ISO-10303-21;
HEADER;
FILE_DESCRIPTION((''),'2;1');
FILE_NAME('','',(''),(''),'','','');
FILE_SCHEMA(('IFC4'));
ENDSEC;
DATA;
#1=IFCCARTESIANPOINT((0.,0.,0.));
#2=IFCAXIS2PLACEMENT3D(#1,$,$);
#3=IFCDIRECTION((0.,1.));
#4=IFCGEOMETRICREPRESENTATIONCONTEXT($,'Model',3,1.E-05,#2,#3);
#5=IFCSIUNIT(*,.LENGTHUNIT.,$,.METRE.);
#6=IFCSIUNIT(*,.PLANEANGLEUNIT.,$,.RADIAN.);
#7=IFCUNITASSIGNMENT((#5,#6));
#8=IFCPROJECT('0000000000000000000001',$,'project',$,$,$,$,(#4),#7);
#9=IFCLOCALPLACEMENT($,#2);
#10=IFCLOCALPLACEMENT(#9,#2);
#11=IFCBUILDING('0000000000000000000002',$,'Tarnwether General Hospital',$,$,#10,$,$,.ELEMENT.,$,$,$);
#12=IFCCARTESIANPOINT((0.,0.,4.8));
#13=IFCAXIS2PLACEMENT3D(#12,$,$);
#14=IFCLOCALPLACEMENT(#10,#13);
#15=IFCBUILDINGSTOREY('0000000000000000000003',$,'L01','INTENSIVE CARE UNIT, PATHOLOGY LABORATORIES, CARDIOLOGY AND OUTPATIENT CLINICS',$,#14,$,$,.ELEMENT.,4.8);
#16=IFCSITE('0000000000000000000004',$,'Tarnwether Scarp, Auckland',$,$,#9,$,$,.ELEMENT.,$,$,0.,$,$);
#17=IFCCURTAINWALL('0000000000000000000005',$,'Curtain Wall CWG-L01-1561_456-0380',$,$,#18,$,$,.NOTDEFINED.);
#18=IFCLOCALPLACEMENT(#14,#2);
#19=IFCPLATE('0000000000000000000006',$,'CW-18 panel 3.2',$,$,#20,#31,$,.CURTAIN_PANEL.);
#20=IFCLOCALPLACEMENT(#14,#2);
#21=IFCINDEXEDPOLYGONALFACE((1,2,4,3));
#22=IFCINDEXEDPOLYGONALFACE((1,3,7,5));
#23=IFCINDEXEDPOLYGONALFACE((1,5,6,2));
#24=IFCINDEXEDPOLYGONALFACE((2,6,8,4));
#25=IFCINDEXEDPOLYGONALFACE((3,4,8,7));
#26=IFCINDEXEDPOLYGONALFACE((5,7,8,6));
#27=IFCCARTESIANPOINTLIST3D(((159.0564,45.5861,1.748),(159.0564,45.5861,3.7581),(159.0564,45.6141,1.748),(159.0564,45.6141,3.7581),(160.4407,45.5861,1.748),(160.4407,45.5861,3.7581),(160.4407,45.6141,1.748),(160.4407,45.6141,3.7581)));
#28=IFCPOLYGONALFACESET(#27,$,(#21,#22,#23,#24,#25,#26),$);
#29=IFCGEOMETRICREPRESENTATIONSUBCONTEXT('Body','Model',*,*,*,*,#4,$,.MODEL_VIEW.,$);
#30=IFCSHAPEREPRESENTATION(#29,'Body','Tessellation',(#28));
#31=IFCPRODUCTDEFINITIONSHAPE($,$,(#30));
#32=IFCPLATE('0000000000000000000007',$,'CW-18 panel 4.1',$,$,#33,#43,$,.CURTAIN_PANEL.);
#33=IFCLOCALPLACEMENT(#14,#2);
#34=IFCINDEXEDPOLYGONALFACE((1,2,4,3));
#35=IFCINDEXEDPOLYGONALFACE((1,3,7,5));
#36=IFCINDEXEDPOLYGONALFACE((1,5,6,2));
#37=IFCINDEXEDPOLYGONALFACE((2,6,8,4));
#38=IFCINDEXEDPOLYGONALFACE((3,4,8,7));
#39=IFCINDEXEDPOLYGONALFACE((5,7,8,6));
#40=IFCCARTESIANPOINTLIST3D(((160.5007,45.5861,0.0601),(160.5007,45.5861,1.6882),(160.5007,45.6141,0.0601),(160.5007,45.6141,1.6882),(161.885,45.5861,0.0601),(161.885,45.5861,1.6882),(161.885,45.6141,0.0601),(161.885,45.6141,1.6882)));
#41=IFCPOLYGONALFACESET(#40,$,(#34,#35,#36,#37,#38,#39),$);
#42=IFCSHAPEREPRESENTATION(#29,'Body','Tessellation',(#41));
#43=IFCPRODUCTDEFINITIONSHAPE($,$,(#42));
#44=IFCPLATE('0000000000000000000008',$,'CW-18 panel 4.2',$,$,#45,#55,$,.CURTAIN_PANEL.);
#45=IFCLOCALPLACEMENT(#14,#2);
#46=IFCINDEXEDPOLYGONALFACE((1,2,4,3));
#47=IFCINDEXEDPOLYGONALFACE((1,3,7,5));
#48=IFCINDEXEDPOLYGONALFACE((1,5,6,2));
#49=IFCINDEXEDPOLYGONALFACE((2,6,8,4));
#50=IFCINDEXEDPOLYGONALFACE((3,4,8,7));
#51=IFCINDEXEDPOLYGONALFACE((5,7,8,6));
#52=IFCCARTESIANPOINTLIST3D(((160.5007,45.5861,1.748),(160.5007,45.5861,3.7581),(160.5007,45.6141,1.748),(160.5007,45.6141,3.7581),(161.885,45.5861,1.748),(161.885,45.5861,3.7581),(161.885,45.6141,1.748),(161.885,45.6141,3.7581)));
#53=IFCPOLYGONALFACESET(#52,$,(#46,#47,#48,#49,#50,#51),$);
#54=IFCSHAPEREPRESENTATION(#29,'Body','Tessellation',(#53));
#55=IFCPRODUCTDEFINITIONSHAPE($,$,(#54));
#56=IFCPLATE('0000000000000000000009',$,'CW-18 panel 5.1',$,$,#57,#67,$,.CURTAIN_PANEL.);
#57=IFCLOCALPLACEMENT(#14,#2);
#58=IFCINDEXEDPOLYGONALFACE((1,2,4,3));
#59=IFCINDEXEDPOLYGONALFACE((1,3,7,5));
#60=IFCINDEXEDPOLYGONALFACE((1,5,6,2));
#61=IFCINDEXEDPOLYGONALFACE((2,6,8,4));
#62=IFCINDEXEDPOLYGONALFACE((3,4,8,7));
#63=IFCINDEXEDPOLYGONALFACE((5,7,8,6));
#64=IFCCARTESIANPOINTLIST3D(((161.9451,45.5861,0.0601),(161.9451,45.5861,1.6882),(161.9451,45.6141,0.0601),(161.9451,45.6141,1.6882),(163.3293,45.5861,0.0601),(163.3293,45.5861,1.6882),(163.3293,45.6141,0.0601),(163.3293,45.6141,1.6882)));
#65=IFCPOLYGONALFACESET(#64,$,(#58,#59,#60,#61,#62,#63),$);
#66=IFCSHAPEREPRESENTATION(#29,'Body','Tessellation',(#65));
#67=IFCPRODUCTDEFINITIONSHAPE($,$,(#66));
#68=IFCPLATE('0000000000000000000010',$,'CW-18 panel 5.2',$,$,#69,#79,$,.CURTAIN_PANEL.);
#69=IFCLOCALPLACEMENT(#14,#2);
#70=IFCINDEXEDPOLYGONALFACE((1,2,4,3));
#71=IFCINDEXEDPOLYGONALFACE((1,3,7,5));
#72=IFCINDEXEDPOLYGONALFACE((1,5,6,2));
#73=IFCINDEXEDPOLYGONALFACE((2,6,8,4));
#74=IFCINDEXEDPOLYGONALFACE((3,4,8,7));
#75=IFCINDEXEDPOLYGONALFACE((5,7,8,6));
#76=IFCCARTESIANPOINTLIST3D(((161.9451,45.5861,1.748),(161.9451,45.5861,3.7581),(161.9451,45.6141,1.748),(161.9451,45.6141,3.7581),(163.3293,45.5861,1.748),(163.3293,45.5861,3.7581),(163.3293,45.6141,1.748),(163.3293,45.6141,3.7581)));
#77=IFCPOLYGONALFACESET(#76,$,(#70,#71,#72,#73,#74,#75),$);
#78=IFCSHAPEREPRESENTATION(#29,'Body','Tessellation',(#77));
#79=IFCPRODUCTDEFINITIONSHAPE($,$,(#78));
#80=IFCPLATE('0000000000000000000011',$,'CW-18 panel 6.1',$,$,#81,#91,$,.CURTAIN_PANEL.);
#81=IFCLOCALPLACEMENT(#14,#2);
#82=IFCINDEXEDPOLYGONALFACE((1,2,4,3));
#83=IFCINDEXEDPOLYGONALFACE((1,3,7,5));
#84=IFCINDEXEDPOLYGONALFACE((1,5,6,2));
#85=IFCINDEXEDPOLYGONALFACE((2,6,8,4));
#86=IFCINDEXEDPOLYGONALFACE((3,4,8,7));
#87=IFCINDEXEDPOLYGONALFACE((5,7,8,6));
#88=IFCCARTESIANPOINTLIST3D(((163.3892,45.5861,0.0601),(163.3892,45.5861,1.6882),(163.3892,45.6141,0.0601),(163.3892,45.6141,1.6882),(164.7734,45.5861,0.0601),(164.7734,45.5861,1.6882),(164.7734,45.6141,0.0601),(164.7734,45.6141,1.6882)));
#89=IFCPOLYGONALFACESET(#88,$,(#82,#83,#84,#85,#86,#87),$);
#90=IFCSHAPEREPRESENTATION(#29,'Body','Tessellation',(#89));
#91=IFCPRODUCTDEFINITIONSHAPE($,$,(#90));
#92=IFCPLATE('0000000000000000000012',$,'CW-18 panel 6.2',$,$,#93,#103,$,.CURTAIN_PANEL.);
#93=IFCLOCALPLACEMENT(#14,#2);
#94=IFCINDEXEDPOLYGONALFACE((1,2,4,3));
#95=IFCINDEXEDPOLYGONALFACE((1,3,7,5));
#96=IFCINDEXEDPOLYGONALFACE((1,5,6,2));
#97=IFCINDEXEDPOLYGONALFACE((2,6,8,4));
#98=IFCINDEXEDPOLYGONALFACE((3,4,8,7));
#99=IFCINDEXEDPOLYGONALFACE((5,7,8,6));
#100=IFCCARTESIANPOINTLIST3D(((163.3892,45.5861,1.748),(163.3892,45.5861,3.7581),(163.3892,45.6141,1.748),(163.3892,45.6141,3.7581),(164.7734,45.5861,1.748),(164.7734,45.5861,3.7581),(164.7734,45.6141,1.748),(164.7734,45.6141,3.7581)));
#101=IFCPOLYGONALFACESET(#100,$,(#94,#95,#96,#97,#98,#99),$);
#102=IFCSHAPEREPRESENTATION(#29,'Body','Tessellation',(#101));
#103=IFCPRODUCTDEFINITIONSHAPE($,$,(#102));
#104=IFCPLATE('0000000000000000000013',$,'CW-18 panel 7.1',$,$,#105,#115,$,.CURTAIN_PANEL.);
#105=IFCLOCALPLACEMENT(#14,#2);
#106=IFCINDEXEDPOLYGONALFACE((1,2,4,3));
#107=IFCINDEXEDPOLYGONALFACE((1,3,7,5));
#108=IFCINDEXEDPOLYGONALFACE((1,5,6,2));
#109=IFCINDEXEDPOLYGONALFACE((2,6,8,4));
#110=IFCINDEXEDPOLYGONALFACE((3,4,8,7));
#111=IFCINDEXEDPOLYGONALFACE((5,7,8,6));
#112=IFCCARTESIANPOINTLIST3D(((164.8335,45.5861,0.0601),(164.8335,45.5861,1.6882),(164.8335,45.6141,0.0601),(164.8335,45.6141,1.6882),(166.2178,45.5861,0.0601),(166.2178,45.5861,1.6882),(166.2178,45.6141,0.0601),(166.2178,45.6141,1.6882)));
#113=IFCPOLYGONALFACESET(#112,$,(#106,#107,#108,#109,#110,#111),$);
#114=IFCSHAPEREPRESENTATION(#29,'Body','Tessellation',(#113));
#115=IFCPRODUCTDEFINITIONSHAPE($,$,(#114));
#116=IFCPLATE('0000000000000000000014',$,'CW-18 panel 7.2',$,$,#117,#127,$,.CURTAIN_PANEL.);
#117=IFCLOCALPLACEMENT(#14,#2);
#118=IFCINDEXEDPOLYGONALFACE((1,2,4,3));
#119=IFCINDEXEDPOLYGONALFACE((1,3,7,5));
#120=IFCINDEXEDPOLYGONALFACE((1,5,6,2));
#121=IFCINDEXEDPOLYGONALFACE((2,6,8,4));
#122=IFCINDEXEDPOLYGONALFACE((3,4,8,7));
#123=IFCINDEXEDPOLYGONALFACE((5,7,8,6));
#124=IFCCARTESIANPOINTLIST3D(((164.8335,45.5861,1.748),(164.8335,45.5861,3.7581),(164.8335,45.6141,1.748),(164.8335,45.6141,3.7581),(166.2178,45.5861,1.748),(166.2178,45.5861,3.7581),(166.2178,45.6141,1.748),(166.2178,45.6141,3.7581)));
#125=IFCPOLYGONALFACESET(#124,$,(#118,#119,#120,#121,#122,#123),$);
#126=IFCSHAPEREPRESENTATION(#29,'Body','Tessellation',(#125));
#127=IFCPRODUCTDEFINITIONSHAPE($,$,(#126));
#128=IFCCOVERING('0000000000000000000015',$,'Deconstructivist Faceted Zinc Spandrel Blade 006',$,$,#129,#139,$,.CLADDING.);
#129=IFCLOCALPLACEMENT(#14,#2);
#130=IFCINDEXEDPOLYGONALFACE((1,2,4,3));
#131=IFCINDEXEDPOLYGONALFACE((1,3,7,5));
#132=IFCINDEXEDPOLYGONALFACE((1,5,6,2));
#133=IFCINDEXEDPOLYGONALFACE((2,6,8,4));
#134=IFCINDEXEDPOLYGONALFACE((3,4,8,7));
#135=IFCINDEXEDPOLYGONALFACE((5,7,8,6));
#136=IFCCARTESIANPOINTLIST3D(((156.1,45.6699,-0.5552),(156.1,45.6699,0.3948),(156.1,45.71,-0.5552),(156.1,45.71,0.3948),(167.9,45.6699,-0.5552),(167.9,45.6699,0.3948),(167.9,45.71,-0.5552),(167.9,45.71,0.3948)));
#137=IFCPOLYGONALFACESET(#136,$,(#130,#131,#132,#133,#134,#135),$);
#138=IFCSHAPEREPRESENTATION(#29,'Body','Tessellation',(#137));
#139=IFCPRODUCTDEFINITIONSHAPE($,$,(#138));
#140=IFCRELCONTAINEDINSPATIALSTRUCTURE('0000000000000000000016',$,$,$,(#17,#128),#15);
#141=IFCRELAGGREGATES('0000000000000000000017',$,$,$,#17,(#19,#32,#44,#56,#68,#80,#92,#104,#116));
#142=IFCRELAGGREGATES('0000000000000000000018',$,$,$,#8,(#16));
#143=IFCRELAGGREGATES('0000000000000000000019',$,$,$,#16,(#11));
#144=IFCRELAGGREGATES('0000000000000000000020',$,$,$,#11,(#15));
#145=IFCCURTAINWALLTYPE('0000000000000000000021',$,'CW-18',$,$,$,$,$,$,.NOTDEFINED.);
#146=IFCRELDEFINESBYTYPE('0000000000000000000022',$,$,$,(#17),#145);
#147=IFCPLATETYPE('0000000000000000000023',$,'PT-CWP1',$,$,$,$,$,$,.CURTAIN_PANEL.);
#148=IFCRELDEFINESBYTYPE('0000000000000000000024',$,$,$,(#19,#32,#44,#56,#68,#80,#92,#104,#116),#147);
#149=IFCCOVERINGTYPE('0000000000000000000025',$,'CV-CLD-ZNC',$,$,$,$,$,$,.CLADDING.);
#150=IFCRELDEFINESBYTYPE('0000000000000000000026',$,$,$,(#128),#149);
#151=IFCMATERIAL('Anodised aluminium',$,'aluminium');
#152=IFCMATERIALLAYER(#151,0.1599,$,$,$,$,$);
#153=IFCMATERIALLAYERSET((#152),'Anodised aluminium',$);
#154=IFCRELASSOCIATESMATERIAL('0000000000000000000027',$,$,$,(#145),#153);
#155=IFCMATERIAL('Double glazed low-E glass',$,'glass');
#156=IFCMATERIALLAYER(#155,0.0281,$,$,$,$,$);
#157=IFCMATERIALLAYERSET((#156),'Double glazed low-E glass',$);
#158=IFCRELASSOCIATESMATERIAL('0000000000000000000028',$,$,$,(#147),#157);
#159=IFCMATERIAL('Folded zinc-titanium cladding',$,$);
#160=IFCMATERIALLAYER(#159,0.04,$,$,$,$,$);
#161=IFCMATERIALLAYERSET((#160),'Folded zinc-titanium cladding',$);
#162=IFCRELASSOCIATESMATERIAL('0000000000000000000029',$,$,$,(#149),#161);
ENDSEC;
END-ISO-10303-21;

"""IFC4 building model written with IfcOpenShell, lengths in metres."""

from ifc_helpers import new_model, si_unit, direction, frame, origin, origin_2d, place, context, subcontext, project, spatial, rectangle, extrude, material, layer, layer_set, type_object, element, aggregate, save


model = new_model("IFC4")

# Units and contexts
model_context = context("Model", 3, precision=1e-05, world=origin(), true_north=direction((0.0, 1.0)))
body_context = subcontext(model_context, "Body", "Model", "MODEL_VIEW")
ifc_project = project(units=[si_unit("LENGTHUNIT", "METRE"), si_unit("PLANEANGLEUNIT", "RADIAN")], contexts=[model_context])

# Site, building, storey
site_placement = place(None, origin())
site = spatial("IfcSite", under=ifc_project, at=site_placement, Name="Tarnwether Scarp, Auckland", CompositionType="ELEMENT", RefElevation=0.0)
building_placement = place(site_placement, origin())
building = spatial("IfcBuilding", under=site, at=building_placement, Name="Tarnwether General Hospital", CompositionType="ELEMENT")
storey_placement = place(building_placement, frame((0.0, 0.0, 4.8)))
storey = spatial("IfcBuildingStorey", under=building, at=storey_placement, Name="L01", Description="INTENSIVE CARE UNIT, PATHOLOGY LABORATORIES, CARDIOLOGY AND OUTPATIENT CLINICS", CompositionType="ELEMENT", Elevation=4.8)

# Curtain wall, plates
ifc_material_1 = material(Name="Anodised aluminium", Category="aluminium")
ifc_layer_1 = layer(ifc_material_1, 0.1599)
ifc_layer_set_1 = layer_set([ifc_layer_1], Name="Anodised aluminium")
curtain_wall_type = type_object("IfcCurtainWallType", Name="CW-18", PredefinedType="NOTDEFINED", material=ifc_layer_set_1)
curtain_wall_placement = place(storey_placement, origin())
curtain_wall = element("IfcCurtainWall", 1, at=curtain_wall_placement, inside=storey, type_object=curtain_wall_type, Name="Curtain Wall CWG-L01-1561_456-0380", PredefinedType="NOTDEFINED")
ifc_material_2 = material(Name="Double glazed low-E glass", Category="glass")
ifc_layer_2 = layer(ifc_material_2, 0.0281)
ifc_layer_set_2 = layer_set([ifc_layer_2], Name="Double glazed low-E glass")
plate_type = type_object("IfcPlateType", Name="PT-CWP1", PredefinedType="CURTAIN_PANEL", material=ifc_layer_set_2)
plate_1_placement = place(storey_placement, frame((159.7485, 45.6001, 1.748), z_axis=(0.0, 0.0, 1.0), x_axis=(1.0, 0.0, 0.0)))
plate_1 = element("IfcPlate", 2, at=plate_1_placement, type_object=plate_type, Name="CW-18 panel 3.2", PredefinedType="CURTAIN_PANEL", context=body_context, shape_type="SweptSolid", body=[
    extrude(rectangle(XDim=1.3843, YDim=0.0281, at=origin_2d()), origin(), (0.0, 0.0, 1.0), 2.01),
])
plate_2_placement = place(storey_placement, frame((161.1929, 45.6001, 0.0601), z_axis=(0.0, 0.0, 1.0), x_axis=(1.0, 0.0, 0.0)))
plate_2 = element("IfcPlate", 3, at=plate_2_placement, type_object=plate_type, Name="CW-18 panel 4.1", PredefinedType="CURTAIN_PANEL", context=body_context, shape_type="SweptSolid", body=[
    extrude(rectangle(XDim=1.3843, YDim=0.0281, at=origin_2d()), origin(), (0.0, 0.0, 1.0), 1.6282),
])
plate_3_placement = place(storey_placement, frame((161.1929, 45.6001, 1.748), z_axis=(0.0, 0.0, 1.0), x_axis=(1.0, 0.0, 0.0)))
plate_3 = element("IfcPlate", 4, at=plate_3_placement, type_object=plate_type, Name="CW-18 panel 4.2", PredefinedType="CURTAIN_PANEL", context=body_context, shape_type="SweptSolid", body=[
    extrude(rectangle(XDim=1.3843, YDim=0.0281, at=origin_2d()), origin(), (0.0, 0.0, 1.0), 2.01),
])
plate_4_placement = place(storey_placement, frame((162.6372, 45.6001, 0.0601), z_axis=(0.0, 0.0, 1.0), x_axis=(1.0, 0.0, 0.0)))
plate_4 = element("IfcPlate", 5, at=plate_4_placement, type_object=plate_type, Name="CW-18 panel 5.1", PredefinedType="CURTAIN_PANEL", context=body_context, shape_type="SweptSolid", body=[
    extrude(rectangle(XDim=1.3843, YDim=0.0281, at=origin_2d()), origin(), (0.0, 0.0, 1.0), 1.6282),
])
plate_5_placement = place(storey_placement, frame((162.6372, 45.6001, 1.748), z_axis=(0.0, 0.0, 1.0), x_axis=(1.0, 0.0, 0.0)))
plate_5 = element("IfcPlate", 6, at=plate_5_placement, type_object=plate_type, Name="CW-18 panel 5.2", PredefinedType="CURTAIN_PANEL", context=body_context, shape_type="SweptSolid", body=[
    extrude(rectangle(XDim=1.3843, YDim=0.0281, at=origin_2d()), origin(), (0.0, 0.0, 1.0), 2.01),
])
plate_6_placement = place(storey_placement, frame((164.0813, 45.6001, 0.0601), z_axis=(0.0, 0.0, 1.0), x_axis=(1.0, 0.0, 0.0)))
plate_6 = element("IfcPlate", 7, at=plate_6_placement, type_object=plate_type, Name="CW-18 panel 6.1", PredefinedType="CURTAIN_PANEL", context=body_context, shape_type="SweptSolid", body=[
    extrude(rectangle(XDim=1.3843, YDim=0.0281, at=origin_2d()), origin(), (0.0, 0.0, 1.0), 1.6282),
])
plate_7_placement = place(storey_placement, frame((164.0813, 45.6001, 1.748), z_axis=(0.0, 0.0, 1.0), x_axis=(1.0, 0.0, 0.0)))
plate_7 = element("IfcPlate", 8, at=plate_7_placement, type_object=plate_type, Name="CW-18 panel 6.2", PredefinedType="CURTAIN_PANEL", context=body_context, shape_type="SweptSolid", body=[
    extrude(rectangle(XDim=1.3843, YDim=0.0281, at=origin_2d()), origin(), (0.0, 0.0, 1.0), 2.01),
])
plate_8_placement = place(storey_placement, frame((165.5256, 45.6001, 0.0601), z_axis=(0.0, 0.0, 1.0), x_axis=(1.0, 0.0, 0.0)))
plate_8 = element("IfcPlate", 9, at=plate_8_placement, type_object=plate_type, Name="CW-18 panel 7.1", PredefinedType="CURTAIN_PANEL", context=body_context, shape_type="SweptSolid", body=[
    extrude(rectangle(XDim=1.3843, YDim=0.0281, at=origin_2d()), origin(), (0.0, 0.0, 1.0), 1.6282),
])
plate_9_placement = place(storey_placement, frame((165.5256, 45.6001, 1.748), z_axis=(0.0, 0.0, 1.0), x_axis=(1.0, 0.0, 0.0)))
plate_9 = element("IfcPlate", 10, at=plate_9_placement, type_object=plate_type, Name="CW-18 panel 7.2", PredefinedType="CURTAIN_PANEL", context=body_context, shape_type="SweptSolid", body=[
    extrude(rectangle(XDim=1.3843, YDim=0.0281, at=origin_2d()), origin(), (0.0, 0.0, 1.0), 2.01),
])
aggregate(curtain_wall, [plate_1, plate_2, plate_3, plate_4, plate_5, plate_6, plate_7, plate_8, plate_9])

# Covering
ifc_material_3 = material(Name="Folded zinc-titanium cladding")
ifc_layer_3 = layer(ifc_material_3, 0.04)
ifc_layer_set_3 = layer_set([ifc_layer_3], Name="Folded zinc-titanium cladding")
covering_type = type_object("IfcCoveringType", Name="CV-CLD-ZNC", PredefinedType="CLADDING", material=ifc_layer_set_3)
covering_placement = place(storey_placement, frame((162.0, 45.6899, -0.5552), z_axis=(0.0, 0.0, 1.0), x_axis=(1.0, 0.0, 0.0)))
element("IfcCovering", 11, at=covering_placement, inside=storey, type_object=covering_type, Name="Deconstructivist Faceted Zinc Spandrel Blade 006", PredefinedType="CLADDING", context=body_context, shape_type="SweptSolid", body=[
    extrude(rectangle(XDim=11.8, YDim=0.04, at=origin_2d()), origin(), (0.0, 0.0, 1.0), 0.95),
])

save(model, "model.ifc")
